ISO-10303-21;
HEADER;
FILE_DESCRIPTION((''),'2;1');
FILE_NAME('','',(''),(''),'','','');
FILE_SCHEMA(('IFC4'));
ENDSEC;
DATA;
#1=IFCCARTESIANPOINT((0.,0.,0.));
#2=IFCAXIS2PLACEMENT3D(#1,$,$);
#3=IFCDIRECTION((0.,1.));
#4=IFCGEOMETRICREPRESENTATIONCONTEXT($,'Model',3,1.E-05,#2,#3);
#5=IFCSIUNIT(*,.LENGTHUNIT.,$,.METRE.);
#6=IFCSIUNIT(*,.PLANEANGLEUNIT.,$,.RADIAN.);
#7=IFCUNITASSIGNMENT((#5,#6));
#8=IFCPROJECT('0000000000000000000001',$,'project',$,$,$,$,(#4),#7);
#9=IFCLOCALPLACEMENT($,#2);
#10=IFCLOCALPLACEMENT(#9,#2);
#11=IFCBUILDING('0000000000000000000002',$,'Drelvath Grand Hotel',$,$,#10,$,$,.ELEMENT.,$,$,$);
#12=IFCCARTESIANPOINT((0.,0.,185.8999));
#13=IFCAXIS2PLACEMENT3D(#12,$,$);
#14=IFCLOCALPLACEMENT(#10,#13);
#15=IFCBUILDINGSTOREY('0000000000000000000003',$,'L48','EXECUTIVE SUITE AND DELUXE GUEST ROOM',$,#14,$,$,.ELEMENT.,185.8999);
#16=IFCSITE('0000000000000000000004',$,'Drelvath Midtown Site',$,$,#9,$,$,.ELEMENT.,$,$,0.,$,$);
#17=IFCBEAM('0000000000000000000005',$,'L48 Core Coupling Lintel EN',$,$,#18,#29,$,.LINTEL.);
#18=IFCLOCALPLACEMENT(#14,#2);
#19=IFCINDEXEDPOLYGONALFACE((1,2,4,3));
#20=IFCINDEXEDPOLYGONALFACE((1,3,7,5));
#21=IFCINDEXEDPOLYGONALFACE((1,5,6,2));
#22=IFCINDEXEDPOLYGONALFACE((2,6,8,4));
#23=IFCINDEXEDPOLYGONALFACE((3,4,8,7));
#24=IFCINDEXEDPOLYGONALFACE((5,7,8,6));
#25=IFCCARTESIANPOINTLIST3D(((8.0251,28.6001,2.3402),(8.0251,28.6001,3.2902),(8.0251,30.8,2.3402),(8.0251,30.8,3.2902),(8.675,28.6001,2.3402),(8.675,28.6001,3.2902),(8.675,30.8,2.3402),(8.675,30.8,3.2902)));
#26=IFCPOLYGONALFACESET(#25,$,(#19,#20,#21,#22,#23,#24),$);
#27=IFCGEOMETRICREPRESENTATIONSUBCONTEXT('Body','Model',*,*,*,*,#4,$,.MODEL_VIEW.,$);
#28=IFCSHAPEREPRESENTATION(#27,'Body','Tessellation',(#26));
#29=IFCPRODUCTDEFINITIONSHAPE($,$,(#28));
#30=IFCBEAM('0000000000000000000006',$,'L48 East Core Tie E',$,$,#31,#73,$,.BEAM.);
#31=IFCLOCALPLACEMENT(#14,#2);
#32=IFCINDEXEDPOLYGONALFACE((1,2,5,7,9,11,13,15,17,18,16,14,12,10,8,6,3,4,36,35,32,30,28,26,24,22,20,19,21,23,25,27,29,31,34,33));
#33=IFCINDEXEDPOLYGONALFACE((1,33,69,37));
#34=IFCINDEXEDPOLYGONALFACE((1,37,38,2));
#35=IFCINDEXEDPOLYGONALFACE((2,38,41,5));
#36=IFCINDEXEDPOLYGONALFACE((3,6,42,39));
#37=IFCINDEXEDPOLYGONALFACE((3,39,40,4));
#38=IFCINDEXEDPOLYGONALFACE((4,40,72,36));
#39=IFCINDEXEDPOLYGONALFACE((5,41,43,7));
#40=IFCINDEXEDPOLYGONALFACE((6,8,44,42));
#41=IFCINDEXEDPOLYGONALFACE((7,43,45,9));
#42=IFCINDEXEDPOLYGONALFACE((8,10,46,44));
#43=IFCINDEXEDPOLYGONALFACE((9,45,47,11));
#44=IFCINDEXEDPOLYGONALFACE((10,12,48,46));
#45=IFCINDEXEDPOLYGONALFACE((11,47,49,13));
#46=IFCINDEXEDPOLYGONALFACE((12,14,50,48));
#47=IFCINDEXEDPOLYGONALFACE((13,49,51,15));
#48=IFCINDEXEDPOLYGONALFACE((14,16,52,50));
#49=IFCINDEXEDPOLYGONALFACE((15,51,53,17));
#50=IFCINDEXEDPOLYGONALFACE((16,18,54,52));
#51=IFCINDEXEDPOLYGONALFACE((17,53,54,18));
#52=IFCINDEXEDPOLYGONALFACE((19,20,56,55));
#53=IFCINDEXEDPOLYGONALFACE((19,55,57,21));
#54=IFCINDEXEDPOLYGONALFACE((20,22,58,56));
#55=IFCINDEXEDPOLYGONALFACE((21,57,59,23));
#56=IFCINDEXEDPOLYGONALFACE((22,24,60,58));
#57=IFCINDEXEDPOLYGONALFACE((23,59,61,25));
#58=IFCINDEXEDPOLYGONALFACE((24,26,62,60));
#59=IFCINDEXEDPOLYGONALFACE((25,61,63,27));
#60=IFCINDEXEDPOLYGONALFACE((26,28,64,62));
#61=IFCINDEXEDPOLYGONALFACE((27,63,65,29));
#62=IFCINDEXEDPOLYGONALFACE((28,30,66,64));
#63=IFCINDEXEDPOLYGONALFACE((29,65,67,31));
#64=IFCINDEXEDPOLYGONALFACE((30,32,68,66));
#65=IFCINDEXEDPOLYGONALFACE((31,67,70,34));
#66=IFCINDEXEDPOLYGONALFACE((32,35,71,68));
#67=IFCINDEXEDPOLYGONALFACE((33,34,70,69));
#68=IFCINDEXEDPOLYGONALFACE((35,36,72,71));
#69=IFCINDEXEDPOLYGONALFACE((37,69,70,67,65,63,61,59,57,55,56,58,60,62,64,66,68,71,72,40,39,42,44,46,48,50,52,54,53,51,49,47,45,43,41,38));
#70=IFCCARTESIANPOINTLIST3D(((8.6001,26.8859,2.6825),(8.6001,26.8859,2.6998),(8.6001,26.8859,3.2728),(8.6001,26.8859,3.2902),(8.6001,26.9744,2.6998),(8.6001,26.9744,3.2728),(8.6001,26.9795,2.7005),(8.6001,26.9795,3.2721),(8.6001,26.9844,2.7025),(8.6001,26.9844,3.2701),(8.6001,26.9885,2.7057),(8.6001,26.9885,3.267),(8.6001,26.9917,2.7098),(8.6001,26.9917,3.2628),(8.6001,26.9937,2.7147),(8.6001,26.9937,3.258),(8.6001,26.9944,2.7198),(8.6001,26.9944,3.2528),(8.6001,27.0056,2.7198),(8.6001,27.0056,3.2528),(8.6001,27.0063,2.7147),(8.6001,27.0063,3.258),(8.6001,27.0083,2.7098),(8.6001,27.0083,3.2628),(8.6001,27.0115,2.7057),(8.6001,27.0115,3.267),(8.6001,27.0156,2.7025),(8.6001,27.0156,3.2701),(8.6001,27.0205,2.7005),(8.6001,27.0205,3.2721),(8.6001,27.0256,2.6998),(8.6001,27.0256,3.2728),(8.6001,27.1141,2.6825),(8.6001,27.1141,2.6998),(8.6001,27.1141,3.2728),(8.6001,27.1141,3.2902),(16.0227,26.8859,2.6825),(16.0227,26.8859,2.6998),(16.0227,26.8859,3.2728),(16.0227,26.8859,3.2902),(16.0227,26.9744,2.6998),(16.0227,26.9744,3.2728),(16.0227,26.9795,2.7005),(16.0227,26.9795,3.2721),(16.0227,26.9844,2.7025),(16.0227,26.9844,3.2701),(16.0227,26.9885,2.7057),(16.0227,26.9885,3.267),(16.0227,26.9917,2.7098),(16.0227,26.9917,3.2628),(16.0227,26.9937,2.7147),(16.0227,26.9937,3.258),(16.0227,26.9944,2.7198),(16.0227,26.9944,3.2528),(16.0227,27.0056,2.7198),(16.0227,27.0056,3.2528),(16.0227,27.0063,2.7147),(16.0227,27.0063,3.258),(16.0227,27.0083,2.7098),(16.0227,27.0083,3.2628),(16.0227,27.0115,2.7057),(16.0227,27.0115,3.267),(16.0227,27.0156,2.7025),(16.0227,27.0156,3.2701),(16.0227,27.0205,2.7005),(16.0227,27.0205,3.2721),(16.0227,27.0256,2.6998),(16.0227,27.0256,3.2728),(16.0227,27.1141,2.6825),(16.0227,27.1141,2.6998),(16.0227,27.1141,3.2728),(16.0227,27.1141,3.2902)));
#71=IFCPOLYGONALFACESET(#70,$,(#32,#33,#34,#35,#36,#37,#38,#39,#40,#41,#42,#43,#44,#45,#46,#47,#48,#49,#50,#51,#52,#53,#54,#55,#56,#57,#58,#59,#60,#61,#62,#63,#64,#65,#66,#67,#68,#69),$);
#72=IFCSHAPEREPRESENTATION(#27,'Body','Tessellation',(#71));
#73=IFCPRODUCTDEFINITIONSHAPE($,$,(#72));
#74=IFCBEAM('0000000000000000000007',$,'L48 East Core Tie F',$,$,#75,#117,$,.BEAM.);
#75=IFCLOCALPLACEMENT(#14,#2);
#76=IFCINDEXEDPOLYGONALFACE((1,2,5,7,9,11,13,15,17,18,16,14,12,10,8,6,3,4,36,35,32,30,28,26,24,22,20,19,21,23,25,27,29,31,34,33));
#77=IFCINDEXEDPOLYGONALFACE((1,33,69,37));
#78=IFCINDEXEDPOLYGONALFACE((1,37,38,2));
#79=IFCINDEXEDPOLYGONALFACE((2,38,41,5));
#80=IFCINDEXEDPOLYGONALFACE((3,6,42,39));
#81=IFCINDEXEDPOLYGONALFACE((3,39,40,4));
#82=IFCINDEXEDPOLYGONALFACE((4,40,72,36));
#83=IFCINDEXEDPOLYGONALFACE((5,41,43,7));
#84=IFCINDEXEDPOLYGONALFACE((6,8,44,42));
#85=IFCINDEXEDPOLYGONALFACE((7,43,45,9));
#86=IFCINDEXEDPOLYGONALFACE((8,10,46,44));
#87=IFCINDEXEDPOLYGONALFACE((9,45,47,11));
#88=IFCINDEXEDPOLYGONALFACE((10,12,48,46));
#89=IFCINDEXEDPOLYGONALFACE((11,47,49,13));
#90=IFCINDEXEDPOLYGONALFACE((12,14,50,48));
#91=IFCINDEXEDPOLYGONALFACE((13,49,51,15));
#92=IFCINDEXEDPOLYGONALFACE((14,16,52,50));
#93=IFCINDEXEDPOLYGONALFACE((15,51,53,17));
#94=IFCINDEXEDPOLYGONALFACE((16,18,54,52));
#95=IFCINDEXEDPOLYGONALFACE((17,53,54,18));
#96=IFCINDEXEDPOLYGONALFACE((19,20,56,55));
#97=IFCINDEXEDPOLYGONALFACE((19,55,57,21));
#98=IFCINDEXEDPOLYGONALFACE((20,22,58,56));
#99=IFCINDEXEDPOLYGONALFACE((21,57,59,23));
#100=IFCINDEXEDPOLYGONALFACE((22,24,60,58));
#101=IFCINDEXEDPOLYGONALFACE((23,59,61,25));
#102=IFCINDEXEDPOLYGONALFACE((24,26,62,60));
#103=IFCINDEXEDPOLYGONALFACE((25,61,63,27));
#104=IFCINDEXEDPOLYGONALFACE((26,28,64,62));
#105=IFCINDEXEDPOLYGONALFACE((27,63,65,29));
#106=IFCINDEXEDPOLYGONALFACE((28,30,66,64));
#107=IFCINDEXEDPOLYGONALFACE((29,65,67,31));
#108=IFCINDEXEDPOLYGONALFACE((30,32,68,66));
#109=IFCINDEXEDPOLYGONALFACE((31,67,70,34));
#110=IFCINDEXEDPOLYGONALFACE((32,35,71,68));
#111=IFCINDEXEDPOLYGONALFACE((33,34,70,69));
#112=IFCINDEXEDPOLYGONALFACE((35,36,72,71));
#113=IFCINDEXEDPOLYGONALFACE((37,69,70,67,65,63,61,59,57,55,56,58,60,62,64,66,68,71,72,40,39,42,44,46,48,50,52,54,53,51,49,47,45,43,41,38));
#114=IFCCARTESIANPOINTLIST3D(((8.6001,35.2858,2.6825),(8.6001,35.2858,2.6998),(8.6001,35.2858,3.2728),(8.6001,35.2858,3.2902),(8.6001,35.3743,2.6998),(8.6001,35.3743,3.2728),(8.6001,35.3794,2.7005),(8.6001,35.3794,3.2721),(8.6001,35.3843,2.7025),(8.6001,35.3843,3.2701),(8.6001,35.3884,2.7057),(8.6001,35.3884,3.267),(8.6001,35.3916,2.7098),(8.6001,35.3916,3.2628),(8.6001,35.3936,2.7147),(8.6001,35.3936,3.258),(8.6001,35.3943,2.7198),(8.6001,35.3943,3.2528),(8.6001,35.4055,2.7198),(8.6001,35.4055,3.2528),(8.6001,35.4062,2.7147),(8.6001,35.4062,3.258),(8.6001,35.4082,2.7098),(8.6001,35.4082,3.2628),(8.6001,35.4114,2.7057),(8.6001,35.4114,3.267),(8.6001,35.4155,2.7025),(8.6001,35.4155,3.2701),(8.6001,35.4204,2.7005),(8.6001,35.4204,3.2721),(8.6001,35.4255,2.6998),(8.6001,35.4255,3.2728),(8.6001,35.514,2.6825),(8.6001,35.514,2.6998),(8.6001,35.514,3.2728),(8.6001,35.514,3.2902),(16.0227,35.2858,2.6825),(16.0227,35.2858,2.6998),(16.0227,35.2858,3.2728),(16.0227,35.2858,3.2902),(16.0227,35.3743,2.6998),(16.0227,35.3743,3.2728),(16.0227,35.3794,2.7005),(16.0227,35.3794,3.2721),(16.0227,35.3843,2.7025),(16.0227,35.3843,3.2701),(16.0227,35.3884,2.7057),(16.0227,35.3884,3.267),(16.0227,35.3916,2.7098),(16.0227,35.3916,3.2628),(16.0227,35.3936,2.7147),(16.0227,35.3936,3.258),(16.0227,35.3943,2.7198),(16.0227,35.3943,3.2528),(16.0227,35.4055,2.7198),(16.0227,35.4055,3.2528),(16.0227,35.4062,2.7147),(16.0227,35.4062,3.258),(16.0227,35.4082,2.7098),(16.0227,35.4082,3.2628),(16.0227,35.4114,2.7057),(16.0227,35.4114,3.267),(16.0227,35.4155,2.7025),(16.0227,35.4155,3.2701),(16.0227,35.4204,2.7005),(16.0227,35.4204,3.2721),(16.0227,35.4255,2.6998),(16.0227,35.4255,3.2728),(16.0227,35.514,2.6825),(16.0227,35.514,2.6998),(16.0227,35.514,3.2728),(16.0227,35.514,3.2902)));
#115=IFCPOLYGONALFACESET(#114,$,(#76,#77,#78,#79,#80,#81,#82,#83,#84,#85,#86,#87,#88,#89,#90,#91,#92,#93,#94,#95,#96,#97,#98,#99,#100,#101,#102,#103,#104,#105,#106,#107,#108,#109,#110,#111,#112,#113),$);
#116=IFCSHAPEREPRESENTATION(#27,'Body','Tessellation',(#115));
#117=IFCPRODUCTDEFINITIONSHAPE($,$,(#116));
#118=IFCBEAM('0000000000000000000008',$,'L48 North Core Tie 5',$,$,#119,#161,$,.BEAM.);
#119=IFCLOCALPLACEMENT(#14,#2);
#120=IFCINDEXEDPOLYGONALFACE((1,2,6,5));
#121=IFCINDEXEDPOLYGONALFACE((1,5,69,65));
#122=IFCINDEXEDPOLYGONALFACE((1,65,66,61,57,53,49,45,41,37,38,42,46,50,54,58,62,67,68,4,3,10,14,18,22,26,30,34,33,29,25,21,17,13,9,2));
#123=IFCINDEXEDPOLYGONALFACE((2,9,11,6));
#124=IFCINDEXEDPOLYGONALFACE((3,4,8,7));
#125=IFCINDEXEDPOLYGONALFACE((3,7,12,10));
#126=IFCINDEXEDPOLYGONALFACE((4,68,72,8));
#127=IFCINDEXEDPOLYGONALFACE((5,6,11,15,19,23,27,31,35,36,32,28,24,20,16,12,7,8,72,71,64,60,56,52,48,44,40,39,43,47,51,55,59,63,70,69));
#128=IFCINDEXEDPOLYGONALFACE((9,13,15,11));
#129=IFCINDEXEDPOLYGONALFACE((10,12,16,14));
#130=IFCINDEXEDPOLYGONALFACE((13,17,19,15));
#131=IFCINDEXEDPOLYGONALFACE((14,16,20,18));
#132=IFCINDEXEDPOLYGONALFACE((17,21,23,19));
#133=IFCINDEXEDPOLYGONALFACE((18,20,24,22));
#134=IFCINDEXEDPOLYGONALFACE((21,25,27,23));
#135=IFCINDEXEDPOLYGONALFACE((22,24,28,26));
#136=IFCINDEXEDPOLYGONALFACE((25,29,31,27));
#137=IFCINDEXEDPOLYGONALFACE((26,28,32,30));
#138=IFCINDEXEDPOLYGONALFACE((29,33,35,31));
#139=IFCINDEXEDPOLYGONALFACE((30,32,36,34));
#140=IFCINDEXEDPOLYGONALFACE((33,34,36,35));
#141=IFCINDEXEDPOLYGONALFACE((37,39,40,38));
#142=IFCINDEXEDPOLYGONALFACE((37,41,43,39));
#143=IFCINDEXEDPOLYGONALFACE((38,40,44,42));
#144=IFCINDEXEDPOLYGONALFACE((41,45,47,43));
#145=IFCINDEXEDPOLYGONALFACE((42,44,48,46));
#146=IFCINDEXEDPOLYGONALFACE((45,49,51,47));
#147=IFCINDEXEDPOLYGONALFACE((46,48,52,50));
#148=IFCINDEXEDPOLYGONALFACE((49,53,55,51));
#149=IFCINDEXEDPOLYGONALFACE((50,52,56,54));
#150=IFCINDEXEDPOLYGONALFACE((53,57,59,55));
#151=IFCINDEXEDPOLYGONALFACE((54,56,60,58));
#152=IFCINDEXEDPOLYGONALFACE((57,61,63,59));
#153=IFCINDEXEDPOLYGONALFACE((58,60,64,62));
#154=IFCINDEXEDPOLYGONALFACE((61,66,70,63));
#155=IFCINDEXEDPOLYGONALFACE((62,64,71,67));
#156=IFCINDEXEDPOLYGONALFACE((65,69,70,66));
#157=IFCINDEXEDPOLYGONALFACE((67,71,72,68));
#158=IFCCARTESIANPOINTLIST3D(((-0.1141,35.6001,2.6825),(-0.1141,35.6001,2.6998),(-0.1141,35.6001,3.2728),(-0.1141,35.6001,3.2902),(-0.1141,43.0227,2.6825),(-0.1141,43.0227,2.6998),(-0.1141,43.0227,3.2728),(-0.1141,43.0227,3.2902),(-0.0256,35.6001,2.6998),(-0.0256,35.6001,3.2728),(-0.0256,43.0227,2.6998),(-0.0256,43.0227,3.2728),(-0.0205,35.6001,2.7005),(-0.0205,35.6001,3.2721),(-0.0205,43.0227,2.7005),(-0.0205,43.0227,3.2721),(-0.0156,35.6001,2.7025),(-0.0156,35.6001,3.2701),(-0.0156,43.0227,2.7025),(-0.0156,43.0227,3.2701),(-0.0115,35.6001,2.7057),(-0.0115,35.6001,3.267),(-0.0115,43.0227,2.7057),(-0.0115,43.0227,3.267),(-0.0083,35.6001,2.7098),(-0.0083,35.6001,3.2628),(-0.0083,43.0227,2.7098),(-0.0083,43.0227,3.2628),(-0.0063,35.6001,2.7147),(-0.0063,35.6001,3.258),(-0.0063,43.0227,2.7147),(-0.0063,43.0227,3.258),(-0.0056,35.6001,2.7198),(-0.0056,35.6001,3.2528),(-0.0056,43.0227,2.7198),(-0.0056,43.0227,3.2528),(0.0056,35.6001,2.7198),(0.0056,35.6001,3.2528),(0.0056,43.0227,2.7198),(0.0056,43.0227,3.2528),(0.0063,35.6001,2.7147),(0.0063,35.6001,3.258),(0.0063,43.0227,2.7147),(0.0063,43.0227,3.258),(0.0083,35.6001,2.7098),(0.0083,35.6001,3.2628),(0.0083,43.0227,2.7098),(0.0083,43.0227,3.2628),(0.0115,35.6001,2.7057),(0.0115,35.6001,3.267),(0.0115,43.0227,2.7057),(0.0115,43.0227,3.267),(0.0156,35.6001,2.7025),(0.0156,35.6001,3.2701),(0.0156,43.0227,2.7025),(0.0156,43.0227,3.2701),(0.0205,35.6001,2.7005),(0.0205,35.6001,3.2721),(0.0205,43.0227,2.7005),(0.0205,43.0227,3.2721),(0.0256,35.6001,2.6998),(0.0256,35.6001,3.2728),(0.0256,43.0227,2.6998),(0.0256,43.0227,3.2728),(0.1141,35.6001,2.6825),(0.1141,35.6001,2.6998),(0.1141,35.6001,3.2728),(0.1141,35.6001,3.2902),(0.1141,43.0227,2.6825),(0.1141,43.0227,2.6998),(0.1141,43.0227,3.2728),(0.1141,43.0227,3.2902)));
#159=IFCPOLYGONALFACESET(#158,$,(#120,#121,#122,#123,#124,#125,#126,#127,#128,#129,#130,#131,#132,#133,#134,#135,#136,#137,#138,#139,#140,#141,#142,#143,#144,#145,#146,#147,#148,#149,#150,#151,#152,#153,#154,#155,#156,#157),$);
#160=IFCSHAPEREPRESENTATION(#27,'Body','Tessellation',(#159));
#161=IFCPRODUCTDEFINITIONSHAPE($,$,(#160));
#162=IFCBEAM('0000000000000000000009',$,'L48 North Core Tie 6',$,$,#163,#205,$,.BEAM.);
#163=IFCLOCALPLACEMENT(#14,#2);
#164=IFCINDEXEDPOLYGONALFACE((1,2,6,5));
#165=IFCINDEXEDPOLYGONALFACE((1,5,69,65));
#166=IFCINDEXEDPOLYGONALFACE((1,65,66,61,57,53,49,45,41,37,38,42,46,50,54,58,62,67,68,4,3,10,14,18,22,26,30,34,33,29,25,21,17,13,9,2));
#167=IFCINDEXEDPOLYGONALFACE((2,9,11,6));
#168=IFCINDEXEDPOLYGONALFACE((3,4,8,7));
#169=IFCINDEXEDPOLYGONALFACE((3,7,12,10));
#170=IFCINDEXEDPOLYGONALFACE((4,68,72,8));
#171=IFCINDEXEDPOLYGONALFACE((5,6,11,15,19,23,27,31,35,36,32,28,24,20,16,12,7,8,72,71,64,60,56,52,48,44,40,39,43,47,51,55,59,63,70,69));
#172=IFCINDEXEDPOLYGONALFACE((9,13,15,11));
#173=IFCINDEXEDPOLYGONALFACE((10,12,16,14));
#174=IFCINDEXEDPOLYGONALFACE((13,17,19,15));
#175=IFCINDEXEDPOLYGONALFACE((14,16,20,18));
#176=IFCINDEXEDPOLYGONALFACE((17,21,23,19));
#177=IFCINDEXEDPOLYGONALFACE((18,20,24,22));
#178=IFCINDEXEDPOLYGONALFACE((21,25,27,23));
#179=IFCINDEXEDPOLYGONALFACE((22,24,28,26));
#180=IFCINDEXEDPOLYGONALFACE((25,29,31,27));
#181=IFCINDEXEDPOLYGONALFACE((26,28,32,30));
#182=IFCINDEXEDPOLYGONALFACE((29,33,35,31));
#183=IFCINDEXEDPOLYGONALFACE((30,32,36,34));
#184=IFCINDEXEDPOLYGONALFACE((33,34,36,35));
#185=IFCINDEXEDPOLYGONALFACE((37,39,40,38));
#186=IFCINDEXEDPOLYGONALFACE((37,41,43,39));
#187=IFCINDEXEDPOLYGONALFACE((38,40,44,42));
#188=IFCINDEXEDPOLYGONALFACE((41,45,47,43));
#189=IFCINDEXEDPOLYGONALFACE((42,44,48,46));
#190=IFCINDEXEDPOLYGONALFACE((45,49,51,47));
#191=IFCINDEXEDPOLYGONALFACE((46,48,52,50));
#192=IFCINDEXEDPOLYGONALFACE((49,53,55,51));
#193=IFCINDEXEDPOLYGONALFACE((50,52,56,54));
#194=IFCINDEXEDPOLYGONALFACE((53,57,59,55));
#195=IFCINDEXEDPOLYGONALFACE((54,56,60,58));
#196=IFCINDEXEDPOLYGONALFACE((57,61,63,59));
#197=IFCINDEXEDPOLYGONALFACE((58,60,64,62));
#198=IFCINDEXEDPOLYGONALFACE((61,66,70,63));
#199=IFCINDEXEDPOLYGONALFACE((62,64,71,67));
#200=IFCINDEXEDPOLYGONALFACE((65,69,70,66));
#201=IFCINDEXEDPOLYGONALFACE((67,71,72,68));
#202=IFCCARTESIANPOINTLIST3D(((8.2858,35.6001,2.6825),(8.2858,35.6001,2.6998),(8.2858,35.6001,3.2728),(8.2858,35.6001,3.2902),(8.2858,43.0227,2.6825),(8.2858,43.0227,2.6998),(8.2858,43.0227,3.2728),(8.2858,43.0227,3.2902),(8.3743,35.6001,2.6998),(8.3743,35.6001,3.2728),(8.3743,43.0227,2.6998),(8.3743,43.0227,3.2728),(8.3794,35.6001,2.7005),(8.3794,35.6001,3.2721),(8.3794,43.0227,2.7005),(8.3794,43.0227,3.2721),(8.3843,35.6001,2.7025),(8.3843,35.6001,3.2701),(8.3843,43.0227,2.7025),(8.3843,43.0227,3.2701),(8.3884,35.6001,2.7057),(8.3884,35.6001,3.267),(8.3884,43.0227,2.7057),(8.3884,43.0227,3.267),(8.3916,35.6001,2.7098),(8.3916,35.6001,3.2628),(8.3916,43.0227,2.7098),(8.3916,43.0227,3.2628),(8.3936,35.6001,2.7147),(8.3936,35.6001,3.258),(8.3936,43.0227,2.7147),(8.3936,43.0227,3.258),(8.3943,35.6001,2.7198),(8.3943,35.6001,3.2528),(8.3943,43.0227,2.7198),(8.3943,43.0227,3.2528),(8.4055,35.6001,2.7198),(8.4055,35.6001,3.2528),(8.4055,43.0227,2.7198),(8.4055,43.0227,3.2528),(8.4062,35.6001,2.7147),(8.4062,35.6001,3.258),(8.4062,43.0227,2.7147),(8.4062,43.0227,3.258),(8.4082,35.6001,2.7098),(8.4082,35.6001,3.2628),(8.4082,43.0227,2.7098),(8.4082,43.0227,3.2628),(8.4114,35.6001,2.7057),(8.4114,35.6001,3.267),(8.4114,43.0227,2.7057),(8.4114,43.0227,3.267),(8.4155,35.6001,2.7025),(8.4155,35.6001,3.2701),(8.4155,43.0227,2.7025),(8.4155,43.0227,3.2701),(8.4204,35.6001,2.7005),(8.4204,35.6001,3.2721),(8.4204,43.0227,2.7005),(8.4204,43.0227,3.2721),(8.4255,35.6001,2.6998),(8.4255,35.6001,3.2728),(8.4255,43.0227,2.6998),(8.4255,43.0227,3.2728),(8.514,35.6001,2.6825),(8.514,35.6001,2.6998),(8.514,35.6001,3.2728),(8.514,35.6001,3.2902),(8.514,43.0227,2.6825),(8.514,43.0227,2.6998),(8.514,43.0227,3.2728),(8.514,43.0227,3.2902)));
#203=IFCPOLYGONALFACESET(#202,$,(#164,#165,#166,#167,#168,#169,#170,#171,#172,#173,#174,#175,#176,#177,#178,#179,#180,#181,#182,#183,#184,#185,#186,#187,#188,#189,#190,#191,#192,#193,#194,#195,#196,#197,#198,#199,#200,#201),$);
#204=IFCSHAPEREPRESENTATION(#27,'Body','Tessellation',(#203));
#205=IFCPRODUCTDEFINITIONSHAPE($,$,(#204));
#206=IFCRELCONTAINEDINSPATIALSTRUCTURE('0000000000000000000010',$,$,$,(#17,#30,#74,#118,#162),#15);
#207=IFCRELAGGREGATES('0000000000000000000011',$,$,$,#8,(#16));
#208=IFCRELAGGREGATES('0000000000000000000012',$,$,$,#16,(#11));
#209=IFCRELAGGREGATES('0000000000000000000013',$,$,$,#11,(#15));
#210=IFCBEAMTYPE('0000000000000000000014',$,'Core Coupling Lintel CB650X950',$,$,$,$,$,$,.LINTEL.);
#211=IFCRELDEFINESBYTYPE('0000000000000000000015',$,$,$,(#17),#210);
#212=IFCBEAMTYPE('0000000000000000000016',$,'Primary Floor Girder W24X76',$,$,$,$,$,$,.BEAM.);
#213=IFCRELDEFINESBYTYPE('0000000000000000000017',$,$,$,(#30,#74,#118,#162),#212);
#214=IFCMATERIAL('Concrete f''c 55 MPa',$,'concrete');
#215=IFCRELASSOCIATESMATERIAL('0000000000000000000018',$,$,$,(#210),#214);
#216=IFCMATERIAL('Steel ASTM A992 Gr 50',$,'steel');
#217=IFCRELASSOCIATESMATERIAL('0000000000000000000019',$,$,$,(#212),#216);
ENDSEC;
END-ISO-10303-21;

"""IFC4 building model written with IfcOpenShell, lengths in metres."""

from ifc_helpers import new_model, si_unit, direction, frame, origin, origin_2d, place, context, subcontext, project, spatial, rectangle, i_section, extrude, material, material_profile, profile_set, type_object, element, save


model = new_model("IFC4")

# Units and contexts
model_context = context("Model", 3, precision=1e-05, world=origin(), true_north=direction((0.0, 1.0)))
body_context = subcontext(model_context, "Body", "Model", "MODEL_VIEW")
ifc_project = project(units=[si_unit("LENGTHUNIT", "METRE"), si_unit("PLANEANGLEUNIT", "RADIAN")], contexts=[model_context])

# Site, building, storey
site_placement = place(None, origin())
site = spatial("IfcSite", under=ifc_project, at=site_placement, Name="Drelvath Midtown Site", CompositionType="ELEMENT", RefElevation=0.0)
building_placement = place(site_placement, origin())
building = spatial("IfcBuilding", under=site, at=building_placement, Name="Drelvath Grand Hotel", CompositionType="ELEMENT")
storey_placement = place(building_placement, frame((0.0, 0.0, 185.8999)))
storey = spatial("IfcBuildingStorey", under=building, at=storey_placement, Name="L48", Description="EXECUTIVE SUITE AND DELUXE GUEST ROOM", CompositionType="ELEMENT", Elevation=185.8999)

# Beams
ifc_material_1 = material(Name="Concrete f'c 55 MPa", Category="concrete")
ifc_material_profile_1 = material_profile(ifc_material_1, rectangle(XDim=0.6499, YDim=0.95, at=origin_2d()), Name="CB650X950")
ifc_profile_set_1 = profile_set([ifc_material_profile_1], Name="Concrete f'c 55 MPa")
beam_type_1 = type_object("IfcBeamType", Name="Core Coupling Lintel CB650X950", PredefinedType="LINTEL", material=ifc_profile_set_1)
beam_placement = place(storey_placement, frame((8.3501, 28.6001, 2.8152), z_axis=(0.0, 1.0, 0.0), x_axis=(-1.0, 0.0, 0.0)))
element("IfcBeam", 1, at=beam_placement, inside=storey, type_object=beam_type_1, Name="L48 Core Coupling Lintel EN", PredefinedType="LINTEL", context=body_context, shape_type="SweptSolid", body=[
    extrude(rectangle(XDim=0.6499, YDim=0.95, at=origin_2d()), origin(), (0.0, 0.0, 1.0), 2.2),
])
ifc_material_2 = material(Name="Steel ASTM A992 Gr 50", Category="steel")
ifc_material_profile_2 = material_profile(ifc_material_2, i_section(OverallWidth=0.2283, OverallDepth=0.6077, WebThickness=0.0112, FlangeThickness=0.0173, FilletRadius=0.02, at=origin_2d()), Name="W24X76")
ifc_profile_set_2 = profile_set([ifc_material_profile_2], Name="Steel ASTM A992 Gr 50")
beam_type_2 = type_object("IfcBeamType", Name="Primary Floor Girder W24X76", PredefinedType="BEAM", material=ifc_profile_set_2)
for number, where, z_axis, x_axis, name in (
    (2, (8.6001, 27.0, 2.9863), (1.0, 0.0, 0.0), (0.0, 1.0, 0.0), "L48 East Core Tie E"),
    (3, (8.6001, 35.3999, 2.9863), (1.0, 0.0, 0.0), (0.0, 1.0, 0.0), "L48 East Core Tie F"),
    (4, (0.0, 35.6001, 2.9863), (0.0, 1.0, 0.0), (-1.0, 0.0, 0.0), "L48 North Core Tie 5"),
    (5, (8.3999, 35.6001, 2.9863), (0.0, 1.0, 0.0), (-1.0, 0.0, 0.0), "L48 North Core Tie 6"),
):
    element("IfcBeam", number, at=place(storey_placement, frame(where, z_axis=z_axis, x_axis=x_axis)), inside=storey, type_object=beam_type_2, Name=name, PredefinedType="BEAM", context=body_context, shape_type="SweptSolid", body=[
        extrude(i_section(OverallWidth=0.2283, OverallDepth=0.6077, WebThickness=0.0112, FlangeThickness=0.0173, FilletRadius=0.02, at=origin_2d()), origin(), (0.0, 0.0, 1.0), 7.4226),
    ])

save(model, "model.ifc")
